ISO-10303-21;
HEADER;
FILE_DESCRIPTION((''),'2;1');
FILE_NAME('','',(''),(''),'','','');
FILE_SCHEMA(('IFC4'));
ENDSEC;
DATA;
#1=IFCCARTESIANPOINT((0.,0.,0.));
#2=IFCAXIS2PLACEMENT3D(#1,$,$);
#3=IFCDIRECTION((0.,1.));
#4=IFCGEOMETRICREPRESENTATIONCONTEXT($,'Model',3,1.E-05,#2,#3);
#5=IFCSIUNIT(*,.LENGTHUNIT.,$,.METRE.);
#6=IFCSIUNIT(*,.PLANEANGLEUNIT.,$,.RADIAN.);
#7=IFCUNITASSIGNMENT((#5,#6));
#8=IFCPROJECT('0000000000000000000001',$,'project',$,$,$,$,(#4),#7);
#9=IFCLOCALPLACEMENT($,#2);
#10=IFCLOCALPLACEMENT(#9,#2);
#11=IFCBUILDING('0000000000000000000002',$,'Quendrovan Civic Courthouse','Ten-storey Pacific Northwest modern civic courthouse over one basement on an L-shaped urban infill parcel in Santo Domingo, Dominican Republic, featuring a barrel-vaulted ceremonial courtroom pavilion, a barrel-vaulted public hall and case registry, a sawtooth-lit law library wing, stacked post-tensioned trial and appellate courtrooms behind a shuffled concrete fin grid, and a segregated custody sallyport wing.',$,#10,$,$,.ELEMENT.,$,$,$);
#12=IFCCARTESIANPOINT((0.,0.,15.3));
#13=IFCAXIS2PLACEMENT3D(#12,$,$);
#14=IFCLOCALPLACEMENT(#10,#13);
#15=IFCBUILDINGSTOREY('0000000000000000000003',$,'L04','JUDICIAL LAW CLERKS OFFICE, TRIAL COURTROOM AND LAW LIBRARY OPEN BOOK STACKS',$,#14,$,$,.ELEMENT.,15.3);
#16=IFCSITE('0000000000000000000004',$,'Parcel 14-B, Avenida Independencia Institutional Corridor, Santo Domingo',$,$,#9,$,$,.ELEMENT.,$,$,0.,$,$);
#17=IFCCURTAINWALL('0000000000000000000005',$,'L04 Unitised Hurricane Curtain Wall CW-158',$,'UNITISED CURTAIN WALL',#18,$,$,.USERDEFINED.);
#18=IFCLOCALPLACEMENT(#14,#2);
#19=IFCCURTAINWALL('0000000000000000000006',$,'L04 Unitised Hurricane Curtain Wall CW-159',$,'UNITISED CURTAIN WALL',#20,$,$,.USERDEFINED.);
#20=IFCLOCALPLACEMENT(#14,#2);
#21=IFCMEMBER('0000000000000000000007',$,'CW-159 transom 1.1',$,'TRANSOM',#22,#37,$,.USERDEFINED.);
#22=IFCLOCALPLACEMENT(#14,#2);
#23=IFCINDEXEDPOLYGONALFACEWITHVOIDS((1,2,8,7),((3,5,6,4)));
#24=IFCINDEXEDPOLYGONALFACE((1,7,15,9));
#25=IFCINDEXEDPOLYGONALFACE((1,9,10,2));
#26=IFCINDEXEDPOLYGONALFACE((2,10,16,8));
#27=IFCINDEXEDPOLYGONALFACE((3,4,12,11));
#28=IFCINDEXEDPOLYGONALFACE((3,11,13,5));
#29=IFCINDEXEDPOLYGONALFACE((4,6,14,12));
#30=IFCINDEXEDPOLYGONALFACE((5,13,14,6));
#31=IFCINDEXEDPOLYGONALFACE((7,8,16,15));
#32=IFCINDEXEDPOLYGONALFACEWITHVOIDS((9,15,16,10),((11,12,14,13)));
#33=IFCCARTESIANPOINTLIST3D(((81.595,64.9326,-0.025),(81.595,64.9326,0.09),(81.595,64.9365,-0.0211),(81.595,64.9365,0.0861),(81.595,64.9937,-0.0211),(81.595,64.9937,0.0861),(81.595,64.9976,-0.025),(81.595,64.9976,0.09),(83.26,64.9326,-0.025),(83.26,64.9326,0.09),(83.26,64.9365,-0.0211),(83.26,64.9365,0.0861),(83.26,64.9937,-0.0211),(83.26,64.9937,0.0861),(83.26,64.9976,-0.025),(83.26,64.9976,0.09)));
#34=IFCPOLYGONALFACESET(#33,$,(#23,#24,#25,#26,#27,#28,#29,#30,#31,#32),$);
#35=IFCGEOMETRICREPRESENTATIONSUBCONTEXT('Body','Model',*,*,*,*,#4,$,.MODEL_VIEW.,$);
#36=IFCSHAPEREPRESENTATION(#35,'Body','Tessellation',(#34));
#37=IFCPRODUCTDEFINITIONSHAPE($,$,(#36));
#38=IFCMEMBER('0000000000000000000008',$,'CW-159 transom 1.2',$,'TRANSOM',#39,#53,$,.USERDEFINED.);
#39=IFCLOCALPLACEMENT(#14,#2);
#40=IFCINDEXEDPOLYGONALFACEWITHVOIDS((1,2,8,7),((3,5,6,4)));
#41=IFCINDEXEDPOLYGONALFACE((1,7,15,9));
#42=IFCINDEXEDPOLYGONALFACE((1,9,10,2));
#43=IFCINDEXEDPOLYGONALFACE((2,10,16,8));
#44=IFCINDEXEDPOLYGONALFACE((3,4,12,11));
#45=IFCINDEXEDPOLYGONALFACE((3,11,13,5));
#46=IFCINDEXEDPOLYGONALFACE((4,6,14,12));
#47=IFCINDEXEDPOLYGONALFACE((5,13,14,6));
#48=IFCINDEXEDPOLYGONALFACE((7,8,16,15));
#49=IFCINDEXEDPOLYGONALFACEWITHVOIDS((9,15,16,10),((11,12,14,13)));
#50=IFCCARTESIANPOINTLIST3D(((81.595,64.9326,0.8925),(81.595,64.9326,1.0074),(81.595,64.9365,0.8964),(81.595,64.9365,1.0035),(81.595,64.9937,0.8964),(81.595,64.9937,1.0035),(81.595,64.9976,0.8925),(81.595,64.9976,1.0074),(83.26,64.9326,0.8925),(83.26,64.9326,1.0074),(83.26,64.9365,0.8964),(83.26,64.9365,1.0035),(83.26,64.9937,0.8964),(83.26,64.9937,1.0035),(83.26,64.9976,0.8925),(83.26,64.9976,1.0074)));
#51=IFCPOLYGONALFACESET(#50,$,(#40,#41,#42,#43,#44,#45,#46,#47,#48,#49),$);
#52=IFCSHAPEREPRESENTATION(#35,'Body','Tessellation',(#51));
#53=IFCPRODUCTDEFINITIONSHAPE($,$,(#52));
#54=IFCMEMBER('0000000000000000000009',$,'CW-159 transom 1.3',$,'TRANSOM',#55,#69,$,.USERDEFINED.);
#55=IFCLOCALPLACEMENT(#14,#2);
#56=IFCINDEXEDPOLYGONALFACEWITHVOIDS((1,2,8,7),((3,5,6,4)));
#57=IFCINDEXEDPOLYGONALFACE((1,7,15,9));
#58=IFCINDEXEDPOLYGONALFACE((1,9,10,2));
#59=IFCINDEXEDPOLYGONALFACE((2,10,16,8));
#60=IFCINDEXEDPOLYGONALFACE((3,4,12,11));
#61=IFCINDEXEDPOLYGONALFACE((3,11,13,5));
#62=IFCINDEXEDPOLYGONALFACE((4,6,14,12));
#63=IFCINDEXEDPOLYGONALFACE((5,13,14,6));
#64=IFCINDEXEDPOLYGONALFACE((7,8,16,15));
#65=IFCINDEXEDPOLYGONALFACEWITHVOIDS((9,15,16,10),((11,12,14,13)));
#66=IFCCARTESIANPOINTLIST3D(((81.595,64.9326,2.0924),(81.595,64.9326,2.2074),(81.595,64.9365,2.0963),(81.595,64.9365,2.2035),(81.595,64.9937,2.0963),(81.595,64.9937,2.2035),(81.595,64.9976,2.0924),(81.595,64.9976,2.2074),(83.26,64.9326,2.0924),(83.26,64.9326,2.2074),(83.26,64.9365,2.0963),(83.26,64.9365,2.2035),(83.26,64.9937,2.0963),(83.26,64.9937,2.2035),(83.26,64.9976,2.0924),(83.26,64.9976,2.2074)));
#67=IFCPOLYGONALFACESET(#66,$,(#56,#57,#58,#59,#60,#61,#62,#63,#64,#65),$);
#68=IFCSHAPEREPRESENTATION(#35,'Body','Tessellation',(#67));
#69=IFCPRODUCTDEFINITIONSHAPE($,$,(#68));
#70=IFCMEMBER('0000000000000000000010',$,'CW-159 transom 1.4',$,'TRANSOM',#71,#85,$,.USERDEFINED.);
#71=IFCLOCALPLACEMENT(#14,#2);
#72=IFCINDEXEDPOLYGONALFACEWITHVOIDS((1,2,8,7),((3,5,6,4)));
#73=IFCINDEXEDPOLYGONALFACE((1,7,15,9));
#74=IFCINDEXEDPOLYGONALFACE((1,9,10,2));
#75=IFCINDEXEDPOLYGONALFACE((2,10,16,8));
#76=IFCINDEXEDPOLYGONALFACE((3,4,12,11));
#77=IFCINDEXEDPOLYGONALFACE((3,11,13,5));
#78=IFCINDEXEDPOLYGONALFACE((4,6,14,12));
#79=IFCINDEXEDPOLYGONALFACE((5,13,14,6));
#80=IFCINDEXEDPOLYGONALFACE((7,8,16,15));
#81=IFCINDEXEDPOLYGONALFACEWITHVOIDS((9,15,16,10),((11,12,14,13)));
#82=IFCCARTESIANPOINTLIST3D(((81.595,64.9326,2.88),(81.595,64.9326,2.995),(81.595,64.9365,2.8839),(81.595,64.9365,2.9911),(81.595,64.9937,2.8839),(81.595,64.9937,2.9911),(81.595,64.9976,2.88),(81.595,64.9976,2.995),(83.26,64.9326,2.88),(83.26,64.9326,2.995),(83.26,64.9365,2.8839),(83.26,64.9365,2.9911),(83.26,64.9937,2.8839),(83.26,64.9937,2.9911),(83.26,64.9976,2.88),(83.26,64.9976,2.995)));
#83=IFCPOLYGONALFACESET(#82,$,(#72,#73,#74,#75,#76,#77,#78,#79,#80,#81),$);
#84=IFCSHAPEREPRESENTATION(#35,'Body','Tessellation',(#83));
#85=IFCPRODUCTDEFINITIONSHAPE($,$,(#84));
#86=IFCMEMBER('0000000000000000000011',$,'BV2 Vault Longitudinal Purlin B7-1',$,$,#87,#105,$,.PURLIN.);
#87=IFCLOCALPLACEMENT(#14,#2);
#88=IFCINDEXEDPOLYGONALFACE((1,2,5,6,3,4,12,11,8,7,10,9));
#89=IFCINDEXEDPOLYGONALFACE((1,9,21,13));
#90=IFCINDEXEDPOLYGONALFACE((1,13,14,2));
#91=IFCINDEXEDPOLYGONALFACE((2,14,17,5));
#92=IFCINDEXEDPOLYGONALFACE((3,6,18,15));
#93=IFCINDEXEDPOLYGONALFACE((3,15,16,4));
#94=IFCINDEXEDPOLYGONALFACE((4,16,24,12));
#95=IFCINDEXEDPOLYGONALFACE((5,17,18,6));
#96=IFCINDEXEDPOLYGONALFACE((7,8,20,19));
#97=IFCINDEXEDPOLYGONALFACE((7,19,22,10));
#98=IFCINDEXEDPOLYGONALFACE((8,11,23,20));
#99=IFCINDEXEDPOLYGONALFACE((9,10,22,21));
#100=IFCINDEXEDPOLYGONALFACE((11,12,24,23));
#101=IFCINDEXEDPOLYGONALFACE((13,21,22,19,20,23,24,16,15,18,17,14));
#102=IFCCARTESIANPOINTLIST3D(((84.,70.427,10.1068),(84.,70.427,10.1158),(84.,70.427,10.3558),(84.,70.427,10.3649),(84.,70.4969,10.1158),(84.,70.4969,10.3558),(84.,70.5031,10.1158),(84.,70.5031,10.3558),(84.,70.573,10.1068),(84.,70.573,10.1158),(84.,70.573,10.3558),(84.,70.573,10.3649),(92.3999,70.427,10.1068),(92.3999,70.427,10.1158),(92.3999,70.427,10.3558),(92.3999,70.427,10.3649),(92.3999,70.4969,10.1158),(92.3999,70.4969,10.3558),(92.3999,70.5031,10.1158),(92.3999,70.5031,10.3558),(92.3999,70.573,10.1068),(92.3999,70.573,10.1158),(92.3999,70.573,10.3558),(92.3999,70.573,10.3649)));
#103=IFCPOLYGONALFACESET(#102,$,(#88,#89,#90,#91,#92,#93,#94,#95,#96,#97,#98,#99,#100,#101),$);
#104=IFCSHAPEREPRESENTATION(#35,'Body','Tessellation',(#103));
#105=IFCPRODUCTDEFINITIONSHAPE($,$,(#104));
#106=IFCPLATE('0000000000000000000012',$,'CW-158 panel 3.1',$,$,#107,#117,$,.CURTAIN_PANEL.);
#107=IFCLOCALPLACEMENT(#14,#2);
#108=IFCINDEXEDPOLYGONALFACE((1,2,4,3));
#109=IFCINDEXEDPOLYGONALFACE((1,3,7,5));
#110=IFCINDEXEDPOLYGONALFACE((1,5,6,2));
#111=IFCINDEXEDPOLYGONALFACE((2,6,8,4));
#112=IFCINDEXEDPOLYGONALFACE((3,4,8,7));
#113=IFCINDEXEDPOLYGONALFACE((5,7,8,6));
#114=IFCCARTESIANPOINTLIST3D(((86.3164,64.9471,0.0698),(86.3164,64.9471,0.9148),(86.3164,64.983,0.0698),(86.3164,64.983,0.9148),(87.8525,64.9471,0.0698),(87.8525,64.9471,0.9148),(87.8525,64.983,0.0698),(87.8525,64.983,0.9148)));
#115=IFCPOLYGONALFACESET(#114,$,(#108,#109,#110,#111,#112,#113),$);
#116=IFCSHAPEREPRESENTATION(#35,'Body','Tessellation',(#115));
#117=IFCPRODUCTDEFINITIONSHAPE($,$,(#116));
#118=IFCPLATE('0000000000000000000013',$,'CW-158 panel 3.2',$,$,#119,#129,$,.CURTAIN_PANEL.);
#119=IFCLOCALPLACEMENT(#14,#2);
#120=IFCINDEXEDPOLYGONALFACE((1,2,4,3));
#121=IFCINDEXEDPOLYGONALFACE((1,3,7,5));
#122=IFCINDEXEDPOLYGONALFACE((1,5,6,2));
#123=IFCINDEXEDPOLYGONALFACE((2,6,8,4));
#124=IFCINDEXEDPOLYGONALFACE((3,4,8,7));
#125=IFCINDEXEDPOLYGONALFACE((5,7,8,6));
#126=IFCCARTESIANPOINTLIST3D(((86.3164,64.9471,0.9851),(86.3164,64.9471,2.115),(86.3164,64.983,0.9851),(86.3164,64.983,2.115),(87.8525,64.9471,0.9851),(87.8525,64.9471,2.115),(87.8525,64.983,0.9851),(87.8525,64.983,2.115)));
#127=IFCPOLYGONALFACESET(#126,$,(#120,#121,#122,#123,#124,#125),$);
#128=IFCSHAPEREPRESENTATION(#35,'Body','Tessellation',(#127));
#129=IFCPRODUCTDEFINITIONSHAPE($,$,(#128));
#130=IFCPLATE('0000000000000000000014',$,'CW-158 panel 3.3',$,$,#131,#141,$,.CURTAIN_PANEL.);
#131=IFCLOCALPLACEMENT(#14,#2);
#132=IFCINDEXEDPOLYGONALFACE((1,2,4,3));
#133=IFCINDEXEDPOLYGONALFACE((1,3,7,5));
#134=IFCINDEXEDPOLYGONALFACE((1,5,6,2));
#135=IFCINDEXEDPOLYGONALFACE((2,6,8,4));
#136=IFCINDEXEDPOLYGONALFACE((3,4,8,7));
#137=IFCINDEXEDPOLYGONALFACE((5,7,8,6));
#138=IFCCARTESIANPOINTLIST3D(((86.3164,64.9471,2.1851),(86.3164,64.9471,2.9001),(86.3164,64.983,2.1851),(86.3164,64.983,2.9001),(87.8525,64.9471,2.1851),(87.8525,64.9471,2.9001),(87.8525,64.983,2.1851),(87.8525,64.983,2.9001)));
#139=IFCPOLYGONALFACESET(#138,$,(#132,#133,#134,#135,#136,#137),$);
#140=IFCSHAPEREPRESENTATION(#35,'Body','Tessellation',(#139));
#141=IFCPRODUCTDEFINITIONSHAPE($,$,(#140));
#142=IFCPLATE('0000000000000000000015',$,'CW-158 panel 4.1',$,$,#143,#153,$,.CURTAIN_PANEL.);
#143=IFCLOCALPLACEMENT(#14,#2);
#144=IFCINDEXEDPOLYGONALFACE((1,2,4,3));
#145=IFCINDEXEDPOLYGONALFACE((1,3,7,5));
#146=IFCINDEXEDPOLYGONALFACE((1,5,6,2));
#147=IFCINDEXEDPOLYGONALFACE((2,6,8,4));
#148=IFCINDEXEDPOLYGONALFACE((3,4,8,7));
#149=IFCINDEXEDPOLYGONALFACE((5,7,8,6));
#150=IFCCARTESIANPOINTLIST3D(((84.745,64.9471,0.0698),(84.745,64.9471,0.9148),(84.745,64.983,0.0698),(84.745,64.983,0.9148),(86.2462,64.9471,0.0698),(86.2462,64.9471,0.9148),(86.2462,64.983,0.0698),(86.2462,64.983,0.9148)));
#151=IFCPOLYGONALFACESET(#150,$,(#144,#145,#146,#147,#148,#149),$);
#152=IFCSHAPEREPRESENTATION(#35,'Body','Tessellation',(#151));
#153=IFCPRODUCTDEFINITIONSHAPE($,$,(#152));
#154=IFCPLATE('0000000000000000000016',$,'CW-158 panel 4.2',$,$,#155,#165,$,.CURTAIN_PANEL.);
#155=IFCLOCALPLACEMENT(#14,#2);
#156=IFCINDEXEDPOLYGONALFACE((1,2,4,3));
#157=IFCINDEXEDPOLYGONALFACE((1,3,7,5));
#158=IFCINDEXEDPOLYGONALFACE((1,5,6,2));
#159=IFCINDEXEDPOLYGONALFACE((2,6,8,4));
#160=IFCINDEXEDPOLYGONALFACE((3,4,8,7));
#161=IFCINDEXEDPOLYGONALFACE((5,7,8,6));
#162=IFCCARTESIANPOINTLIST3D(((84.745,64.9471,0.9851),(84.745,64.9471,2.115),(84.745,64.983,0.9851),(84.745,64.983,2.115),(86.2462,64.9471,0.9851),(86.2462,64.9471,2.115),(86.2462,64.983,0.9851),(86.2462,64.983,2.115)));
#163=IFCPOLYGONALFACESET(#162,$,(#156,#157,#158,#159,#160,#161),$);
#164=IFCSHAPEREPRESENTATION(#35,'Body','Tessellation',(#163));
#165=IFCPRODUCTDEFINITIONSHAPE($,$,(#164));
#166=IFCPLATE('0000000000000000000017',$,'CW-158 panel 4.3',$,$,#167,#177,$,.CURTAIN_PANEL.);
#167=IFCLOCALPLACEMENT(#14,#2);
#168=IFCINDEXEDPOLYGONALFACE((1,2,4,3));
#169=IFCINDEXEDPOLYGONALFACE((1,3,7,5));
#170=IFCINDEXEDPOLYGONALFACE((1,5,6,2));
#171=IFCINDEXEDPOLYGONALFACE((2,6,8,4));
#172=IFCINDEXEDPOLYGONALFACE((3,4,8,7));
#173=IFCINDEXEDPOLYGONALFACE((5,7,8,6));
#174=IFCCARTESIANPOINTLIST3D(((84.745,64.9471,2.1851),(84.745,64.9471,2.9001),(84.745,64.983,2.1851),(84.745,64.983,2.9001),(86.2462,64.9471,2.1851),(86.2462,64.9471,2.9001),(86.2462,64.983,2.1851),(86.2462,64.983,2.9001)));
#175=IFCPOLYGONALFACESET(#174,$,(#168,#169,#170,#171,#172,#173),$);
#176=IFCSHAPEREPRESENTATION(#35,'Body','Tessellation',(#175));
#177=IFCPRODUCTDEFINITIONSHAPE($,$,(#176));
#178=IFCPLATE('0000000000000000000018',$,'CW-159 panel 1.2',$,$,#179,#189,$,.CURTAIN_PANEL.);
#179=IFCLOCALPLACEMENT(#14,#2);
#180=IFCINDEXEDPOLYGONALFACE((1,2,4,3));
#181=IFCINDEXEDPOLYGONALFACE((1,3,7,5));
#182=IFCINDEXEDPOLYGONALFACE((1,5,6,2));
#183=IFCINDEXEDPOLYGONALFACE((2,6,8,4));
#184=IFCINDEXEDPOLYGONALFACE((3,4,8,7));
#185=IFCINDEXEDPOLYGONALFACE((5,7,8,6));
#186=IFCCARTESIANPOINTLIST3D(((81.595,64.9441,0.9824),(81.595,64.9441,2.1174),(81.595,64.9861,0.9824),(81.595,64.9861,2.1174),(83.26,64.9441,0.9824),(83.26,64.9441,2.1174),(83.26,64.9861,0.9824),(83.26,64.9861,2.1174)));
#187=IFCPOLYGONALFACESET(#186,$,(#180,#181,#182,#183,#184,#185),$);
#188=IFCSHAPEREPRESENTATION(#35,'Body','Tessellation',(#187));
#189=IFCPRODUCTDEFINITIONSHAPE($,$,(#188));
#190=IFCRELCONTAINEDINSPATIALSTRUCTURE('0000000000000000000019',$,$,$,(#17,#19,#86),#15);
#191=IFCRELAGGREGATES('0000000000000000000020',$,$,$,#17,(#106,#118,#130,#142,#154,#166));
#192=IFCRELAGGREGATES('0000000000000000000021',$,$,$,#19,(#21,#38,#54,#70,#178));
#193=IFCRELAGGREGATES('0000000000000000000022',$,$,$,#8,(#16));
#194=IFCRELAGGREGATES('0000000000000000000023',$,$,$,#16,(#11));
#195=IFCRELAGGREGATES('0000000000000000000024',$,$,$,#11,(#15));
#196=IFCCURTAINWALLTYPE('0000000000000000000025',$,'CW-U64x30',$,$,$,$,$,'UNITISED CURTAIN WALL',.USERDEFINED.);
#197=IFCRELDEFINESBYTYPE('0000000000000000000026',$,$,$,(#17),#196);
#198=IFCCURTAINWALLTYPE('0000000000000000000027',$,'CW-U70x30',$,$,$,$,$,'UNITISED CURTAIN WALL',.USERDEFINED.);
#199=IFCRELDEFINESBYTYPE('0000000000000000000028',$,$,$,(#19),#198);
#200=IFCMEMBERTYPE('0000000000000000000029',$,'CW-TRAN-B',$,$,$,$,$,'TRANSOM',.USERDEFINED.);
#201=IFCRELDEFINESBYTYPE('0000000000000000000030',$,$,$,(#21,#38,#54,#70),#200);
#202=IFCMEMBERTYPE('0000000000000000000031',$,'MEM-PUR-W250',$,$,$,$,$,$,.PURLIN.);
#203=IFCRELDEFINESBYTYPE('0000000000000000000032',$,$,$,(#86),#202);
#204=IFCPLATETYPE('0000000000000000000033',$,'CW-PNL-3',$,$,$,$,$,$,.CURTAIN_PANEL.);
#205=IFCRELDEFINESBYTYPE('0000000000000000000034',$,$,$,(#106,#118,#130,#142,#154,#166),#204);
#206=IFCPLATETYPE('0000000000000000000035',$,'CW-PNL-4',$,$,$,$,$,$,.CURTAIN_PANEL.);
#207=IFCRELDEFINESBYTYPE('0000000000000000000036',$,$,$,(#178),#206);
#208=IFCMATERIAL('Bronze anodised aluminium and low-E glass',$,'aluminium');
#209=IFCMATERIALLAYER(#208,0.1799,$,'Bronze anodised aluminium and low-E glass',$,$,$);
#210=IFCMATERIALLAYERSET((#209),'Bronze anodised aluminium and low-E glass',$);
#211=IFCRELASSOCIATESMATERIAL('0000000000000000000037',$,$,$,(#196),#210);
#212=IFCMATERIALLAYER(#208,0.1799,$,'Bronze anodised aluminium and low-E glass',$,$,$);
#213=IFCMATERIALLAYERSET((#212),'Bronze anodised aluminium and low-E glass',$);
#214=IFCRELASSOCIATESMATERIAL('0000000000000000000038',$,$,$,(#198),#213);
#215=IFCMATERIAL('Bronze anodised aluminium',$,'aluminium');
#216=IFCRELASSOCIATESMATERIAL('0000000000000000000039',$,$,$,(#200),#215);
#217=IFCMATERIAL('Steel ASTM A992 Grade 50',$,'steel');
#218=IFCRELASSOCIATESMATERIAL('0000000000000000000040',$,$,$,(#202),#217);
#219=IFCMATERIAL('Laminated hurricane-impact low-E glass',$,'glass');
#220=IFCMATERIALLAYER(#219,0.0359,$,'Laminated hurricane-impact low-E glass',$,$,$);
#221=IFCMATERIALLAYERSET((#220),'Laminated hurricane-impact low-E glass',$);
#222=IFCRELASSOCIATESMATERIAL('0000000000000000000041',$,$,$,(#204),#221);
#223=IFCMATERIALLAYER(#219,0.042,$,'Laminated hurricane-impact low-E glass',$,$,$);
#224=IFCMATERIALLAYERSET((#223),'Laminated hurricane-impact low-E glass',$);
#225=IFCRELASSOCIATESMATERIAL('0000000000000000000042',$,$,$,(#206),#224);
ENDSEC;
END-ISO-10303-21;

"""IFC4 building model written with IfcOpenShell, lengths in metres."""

from ifc_helpers import new_model, si_unit, direction, frame, origin, origin_2d, place, context, subcontext, project, spatial, rectangle, hollow_rectangle, i_section, extrude, material, layer, layer_set, material_profile, profile_set, type_object, element, aggregate, save


model = new_model("IFC4")

# Units and contexts
model_context = context("Model", 3, precision=1e-05, world=origin(), true_north=direction((0.0, 1.0)))
body_context = subcontext(model_context, "Body", "Model", "MODEL_VIEW")
ifc_project = project(units=[si_unit("LENGTHUNIT", "METRE"), si_unit("PLANEANGLEUNIT", "RADIAN")], contexts=[model_context])

# Site, building, storey
site_placement = place(None, origin())
site = spatial("IfcSite", under=ifc_project, at=site_placement, Name="Parcel 14-B, Avenida Independencia Institutional Corridor, Santo Domingo", CompositionType="ELEMENT", RefElevation=0.0)
building_placement = place(site_placement, origin())
building = spatial("IfcBuilding", under=site, at=building_placement, Name="Quendrovan Civic Courthouse", Description="Ten-storey Pacific Northwest modern civic courthouse over one basement on an L-shaped urban infill parcel in Santo Domingo, Dominican Republic, featuring a barrel-vaulted ceremonial courtroom pavilion, a barrel-vaulted public hall and case registry, a sawtooth-lit law library wing, stacked post-tensioned trial and appellate courtrooms behind a shuffled concrete fin grid, and a segregated custody sallyport wing.", CompositionType="ELEMENT")
storey_placement = place(building_placement, frame((0.0, 0.0, 15.3)))
storey = spatial("IfcBuildingStorey", under=building, at=storey_placement, Name="L04", Description="JUDICIAL LAW CLERKS OFFICE, TRIAL COURTROOM AND LAW LIBRARY OPEN BOOK STACKS", CompositionType="ELEMENT", Elevation=15.3)

# Curtain wall
ifc_material_1 = material(Name="Bronze anodised aluminium and low-E glass", Category="aluminium")
ifc_layer_1 = layer(ifc_material_1, 0.1799, Name="Bronze anodised aluminium and low-E glass")
ifc_layer_set_1 = layer_set([ifc_layer_1], Name="Bronze anodised aluminium and low-E glass")
curtain_wall_type_1 = type_object("IfcCurtainWallType", Name="CW-U64x30", ElementType="UNITISED CURTAIN WALL", PredefinedType="USERDEFINED", material=ifc_layer_set_1)
curtain_wall_1_placement = place(storey_placement, origin())
curtain_wall_1 = element("IfcCurtainWall", 1, at=curtain_wall_1_placement, inside=storey, type_object=curtain_wall_type_1, Name="L04 Unitised Hurricane Curtain Wall CW-158", ObjectType="UNITISED CURTAIN WALL", PredefinedType="USERDEFINED")
ifc_material_2 = material(Name="Bronze anodised aluminium", Category="aluminium")

# Curtain wall
ifc_layer_2 = layer(ifc_material_1, 0.1799, Name="Bronze anodised aluminium and low-E glass")
ifc_layer_set_2 = layer_set([ifc_layer_2], Name="Bronze anodised aluminium and low-E glass")
curtain_wall_type_2 = type_object("IfcCurtainWallType", Name="CW-U70x30", ElementType="UNITISED CURTAIN WALL", PredefinedType="USERDEFINED", material=ifc_layer_set_2)
curtain_wall_2_placement = place(storey_placement, origin())
curtain_wall_2 = element("IfcCurtainWall", 2, at=curtain_wall_2_placement, inside=storey, type_object=curtain_wall_type_2, Name="L04 Unitised Hurricane Curtain Wall CW-159", ObjectType="UNITISED CURTAIN WALL", PredefinedType="USERDEFINED")

# Members
ifc_material_profile_1 = material_profile(ifc_material_2, hollow_rectangle(XDim=0.0649, YDim=0.115, WallThickness=0.0039, at=origin_2d()), Name="CW-TRAN-65x115")
ifc_profile_set_1 = profile_set([ifc_material_profile_1], Name="Bronze anodised aluminium")
member_type_1 = type_object("IfcMemberType", Name="CW-TRAN-B", ElementType="TRANSOM", PredefinedType="USERDEFINED", material=ifc_profile_set_1)
member_1_placement = place(storey_placement, frame((83.26, 64.9651, 0.0325), z_axis=(-1.0, 0.0, 0.0), x_axis=(0.0, -1.0, 0.0)))
member_1 = element("IfcMember", 3, at=member_1_placement, type_object=member_type_1, Name="CW-159 transom 1.1", ObjectType="TRANSOM", PredefinedType="USERDEFINED", context=body_context, shape_type="SweptSolid", body=[
    extrude(hollow_rectangle(XDim=0.0649, YDim=0.115, WallThickness=0.0039, at=origin_2d()), origin(), (0.0, 0.0, 1.0), 1.665),
])
member_2_placement = place(storey_placement, frame((83.26, 64.9651, 0.95), z_axis=(-1.0, 0.0, 0.0), x_axis=(0.0, -1.0, 0.0)))
member_2 = element("IfcMember", 4, at=member_2_placement, type_object=member_type_1, Name="CW-159 transom 1.2", ObjectType="TRANSOM", PredefinedType="USERDEFINED", context=body_context, shape_type="SweptSolid", body=[
    extrude(hollow_rectangle(XDim=0.0649, YDim=0.115, WallThickness=0.0039, at=origin_2d()), origin(), (0.0, 0.0, 1.0), 1.665),
])
member_3_placement = place(storey_placement, frame((83.26, 64.9651, 2.1499), z_axis=(-1.0, 0.0, 0.0), x_axis=(0.0, -1.0, 0.0)))
member_3 = element("IfcMember", 5, at=member_3_placement, type_object=member_type_1, Name="CW-159 transom 1.3", ObjectType="TRANSOM", PredefinedType="USERDEFINED", context=body_context, shape_type="SweptSolid", body=[
    extrude(hollow_rectangle(XDim=0.0649, YDim=0.115, WallThickness=0.0039, at=origin_2d()), origin(), (0.0, 0.0, 1.0), 1.665),
])
member_4_placement = place(storey_placement, frame((83.26, 64.9651, 2.9375), z_axis=(-1.0, 0.0, 0.0), x_axis=(0.0, -1.0, 0.0)))
member_4 = element("IfcMember", 6, at=member_4_placement, type_object=member_type_1, Name="CW-159 transom 1.4", ObjectType="TRANSOM", PredefinedType="USERDEFINED", context=body_context, shape_type="SweptSolid", body=[
    extrude(hollow_rectangle(XDim=0.0649, YDim=0.115, WallThickness=0.0039, at=origin_2d()), origin(), (0.0, 0.0, 1.0), 1.665),
])
ifc_material_3 = material(Name="Steel ASTM A992 Grade 50", Category="steel")
ifc_material_profile_2 = material_profile(ifc_material_3, i_section(OverallWidth=0.146, OverallDepth=0.2581, WebThickness=0.0061, FlangeThickness=0.009, at=origin_2d()), Name="W250x33")
ifc_profile_set_2 = profile_set([ifc_material_profile_2], Name="Steel ASTM A992 Grade 50")
member_type_2 = type_object("IfcMemberType", Name="MEM-PUR-W250", PredefinedType="PURLIN", material=ifc_profile_set_2)
member_5_placement = place(storey_placement, frame((84.0, 70.5, 10.2358), z_axis=(1.0, 0.0, 0.0), x_axis=(0.0, 1.0, 0.0)))
element("IfcMember", 7, at=member_5_placement, inside=storey, type_object=member_type_2, Name="BV2 Vault Longitudinal Purlin B7-1", PredefinedType="PURLIN", context=body_context, shape_type="SweptSolid", body=[
    extrude(i_section(OverallWidth=0.146, OverallDepth=0.2581, WebThickness=0.0061, FlangeThickness=0.009, at=origin_2d()), origin(), (0.0, 0.0, 1.0), 8.3999),
])

# Plates
ifc_material_4 = material(Name="Laminated hurricane-impact low-E glass", Category="glass")
ifc_layer_3 = layer(ifc_material_4, 0.0359, Name="Laminated hurricane-impact low-E glass")
ifc_layer_set_3 = layer_set([ifc_layer_3], Name="Laminated hurricane-impact low-E glass")
plate_type_1 = type_object("IfcPlateType", Name="CW-PNL-3", PredefinedType="CURTAIN_PANEL", material=ifc_layer_set_3)
plate_1_placement = place(storey_placement, frame((87.0845, 64.9651, 0.0698), z_axis=(0.0, 0.0, 1.0), x_axis=(-1.0, 0.0, 0.0)))
plate_1 = element("IfcPlate", 8, at=plate_1_placement, type_object=plate_type_1, Name="CW-158 panel 3.1", PredefinedType="CURTAIN_PANEL", context=body_context, shape_type="SweptSolid", body=[
    extrude(rectangle(XDim=1.5361, YDim=0.0359, at=origin_2d()), origin(), (0.0, 0.0, 1.0), 0.845),
])
plate_2_placement = place(storey_placement, frame((87.0845, 64.9651, 0.9851), z_axis=(0.0, 0.0, 1.0), x_axis=(-1.0, 0.0, 0.0)))
plate_2 = element("IfcPlate", 9, at=plate_2_placement, type_object=plate_type_1, Name="CW-158 panel 3.2", PredefinedType="CURTAIN_PANEL", context=body_context, shape_type="SweptSolid", body=[
    extrude(rectangle(XDim=1.5361, YDim=0.0359, at=origin_2d()), origin(), (0.0, 0.0, 1.0), 1.1299),
])
plate_3_placement = place(storey_placement, frame((87.0845, 64.9651, 2.1851), z_axis=(0.0, 0.0, 1.0), x_axis=(-1.0, 0.0, 0.0)))
plate_3 = element("IfcPlate", 10, at=plate_3_placement, type_object=plate_type_1, Name="CW-158 panel 3.3", PredefinedType="CURTAIN_PANEL", context=body_context, shape_type="SweptSolid", body=[
    extrude(rectangle(XDim=1.5361, YDim=0.0359, at=origin_2d()), origin(), (0.0, 0.0, 1.0), 0.7151),
])
plate_4_placement = place(storey_placement, frame((85.4956, 64.9651, 0.0698), z_axis=(0.0, 0.0, 1.0), x_axis=(-1.0, 0.0, 0.0)))
plate_4 = element("IfcPlate", 11, at=plate_4_placement, type_object=plate_type_1, Name="CW-158 panel 4.1", PredefinedType="CURTAIN_PANEL", context=body_context, shape_type="SweptSolid", body=[
    extrude(rectangle(XDim=1.5012, YDim=0.0359, at=origin_2d()), origin(), (0.0, 0.0, 1.0), 0.845),
])
plate_5_placement = place(storey_placement, frame((85.4956, 64.9651, 0.9851), z_axis=(0.0, 0.0, 1.0), x_axis=(-1.0, 0.0, 0.0)))
plate_5 = element("IfcPlate", 12, at=plate_5_placement, type_object=plate_type_1, Name="CW-158 panel 4.2", PredefinedType="CURTAIN_PANEL", context=body_context, shape_type="SweptSolid", body=[
    extrude(rectangle(XDim=1.5012, YDim=0.0359, at=origin_2d()), origin(), (0.0, 0.0, 1.0), 1.1299),
])
plate_6_placement = place(storey_placement, frame((85.4956, 64.9651, 2.1851), z_axis=(0.0, 0.0, 1.0), x_axis=(-1.0, 0.0, 0.0)))
plate_6 = element("IfcPlate", 13, at=plate_6_placement, type_object=plate_type_1, Name="CW-158 panel 4.3", PredefinedType="CURTAIN_PANEL", context=body_context, shape_type="SweptSolid", body=[
    extrude(rectangle(XDim=1.5012, YDim=0.0359, at=origin_2d()), origin(), (0.0, 0.0, 1.0), 0.7151),
])
aggregate(curtain_wall_1, [plate_1, plate_2, plate_3, plate_4, plate_5, plate_6])
ifc_layer_4 = layer(ifc_material_4, 0.042, Name="Laminated hurricane-impact low-E glass")
ifc_layer_set_4 = layer_set([ifc_layer_4], Name="Laminated hurricane-impact low-E glass")
plate_type_2 = type_object("IfcPlateType", Name="CW-PNL-4", PredefinedType="CURTAIN_PANEL", material=ifc_layer_set_4)
plate_7_placement = place(storey_placement, frame((82.4275, 64.9651, 0.9824), z_axis=(0.0, 0.0, 1.0), x_axis=(-1.0, 0.0, 0.0)))
plate_7 = element("IfcPlate", 14, at=plate_7_placement, type_object=plate_type_2, Name="CW-159 panel 1.2", PredefinedType="CURTAIN_PANEL", context=body_context, shape_type="SweptSolid", body=[
    extrude(rectangle(XDim=1.665, YDim=0.042, at=origin_2d()), origin(), (0.0, 0.0, 1.0), 1.135),
])
aggregate(curtain_wall_2, [member_1, member_2, member_3, member_4, plate_7])

save(model, "model.ifc")
